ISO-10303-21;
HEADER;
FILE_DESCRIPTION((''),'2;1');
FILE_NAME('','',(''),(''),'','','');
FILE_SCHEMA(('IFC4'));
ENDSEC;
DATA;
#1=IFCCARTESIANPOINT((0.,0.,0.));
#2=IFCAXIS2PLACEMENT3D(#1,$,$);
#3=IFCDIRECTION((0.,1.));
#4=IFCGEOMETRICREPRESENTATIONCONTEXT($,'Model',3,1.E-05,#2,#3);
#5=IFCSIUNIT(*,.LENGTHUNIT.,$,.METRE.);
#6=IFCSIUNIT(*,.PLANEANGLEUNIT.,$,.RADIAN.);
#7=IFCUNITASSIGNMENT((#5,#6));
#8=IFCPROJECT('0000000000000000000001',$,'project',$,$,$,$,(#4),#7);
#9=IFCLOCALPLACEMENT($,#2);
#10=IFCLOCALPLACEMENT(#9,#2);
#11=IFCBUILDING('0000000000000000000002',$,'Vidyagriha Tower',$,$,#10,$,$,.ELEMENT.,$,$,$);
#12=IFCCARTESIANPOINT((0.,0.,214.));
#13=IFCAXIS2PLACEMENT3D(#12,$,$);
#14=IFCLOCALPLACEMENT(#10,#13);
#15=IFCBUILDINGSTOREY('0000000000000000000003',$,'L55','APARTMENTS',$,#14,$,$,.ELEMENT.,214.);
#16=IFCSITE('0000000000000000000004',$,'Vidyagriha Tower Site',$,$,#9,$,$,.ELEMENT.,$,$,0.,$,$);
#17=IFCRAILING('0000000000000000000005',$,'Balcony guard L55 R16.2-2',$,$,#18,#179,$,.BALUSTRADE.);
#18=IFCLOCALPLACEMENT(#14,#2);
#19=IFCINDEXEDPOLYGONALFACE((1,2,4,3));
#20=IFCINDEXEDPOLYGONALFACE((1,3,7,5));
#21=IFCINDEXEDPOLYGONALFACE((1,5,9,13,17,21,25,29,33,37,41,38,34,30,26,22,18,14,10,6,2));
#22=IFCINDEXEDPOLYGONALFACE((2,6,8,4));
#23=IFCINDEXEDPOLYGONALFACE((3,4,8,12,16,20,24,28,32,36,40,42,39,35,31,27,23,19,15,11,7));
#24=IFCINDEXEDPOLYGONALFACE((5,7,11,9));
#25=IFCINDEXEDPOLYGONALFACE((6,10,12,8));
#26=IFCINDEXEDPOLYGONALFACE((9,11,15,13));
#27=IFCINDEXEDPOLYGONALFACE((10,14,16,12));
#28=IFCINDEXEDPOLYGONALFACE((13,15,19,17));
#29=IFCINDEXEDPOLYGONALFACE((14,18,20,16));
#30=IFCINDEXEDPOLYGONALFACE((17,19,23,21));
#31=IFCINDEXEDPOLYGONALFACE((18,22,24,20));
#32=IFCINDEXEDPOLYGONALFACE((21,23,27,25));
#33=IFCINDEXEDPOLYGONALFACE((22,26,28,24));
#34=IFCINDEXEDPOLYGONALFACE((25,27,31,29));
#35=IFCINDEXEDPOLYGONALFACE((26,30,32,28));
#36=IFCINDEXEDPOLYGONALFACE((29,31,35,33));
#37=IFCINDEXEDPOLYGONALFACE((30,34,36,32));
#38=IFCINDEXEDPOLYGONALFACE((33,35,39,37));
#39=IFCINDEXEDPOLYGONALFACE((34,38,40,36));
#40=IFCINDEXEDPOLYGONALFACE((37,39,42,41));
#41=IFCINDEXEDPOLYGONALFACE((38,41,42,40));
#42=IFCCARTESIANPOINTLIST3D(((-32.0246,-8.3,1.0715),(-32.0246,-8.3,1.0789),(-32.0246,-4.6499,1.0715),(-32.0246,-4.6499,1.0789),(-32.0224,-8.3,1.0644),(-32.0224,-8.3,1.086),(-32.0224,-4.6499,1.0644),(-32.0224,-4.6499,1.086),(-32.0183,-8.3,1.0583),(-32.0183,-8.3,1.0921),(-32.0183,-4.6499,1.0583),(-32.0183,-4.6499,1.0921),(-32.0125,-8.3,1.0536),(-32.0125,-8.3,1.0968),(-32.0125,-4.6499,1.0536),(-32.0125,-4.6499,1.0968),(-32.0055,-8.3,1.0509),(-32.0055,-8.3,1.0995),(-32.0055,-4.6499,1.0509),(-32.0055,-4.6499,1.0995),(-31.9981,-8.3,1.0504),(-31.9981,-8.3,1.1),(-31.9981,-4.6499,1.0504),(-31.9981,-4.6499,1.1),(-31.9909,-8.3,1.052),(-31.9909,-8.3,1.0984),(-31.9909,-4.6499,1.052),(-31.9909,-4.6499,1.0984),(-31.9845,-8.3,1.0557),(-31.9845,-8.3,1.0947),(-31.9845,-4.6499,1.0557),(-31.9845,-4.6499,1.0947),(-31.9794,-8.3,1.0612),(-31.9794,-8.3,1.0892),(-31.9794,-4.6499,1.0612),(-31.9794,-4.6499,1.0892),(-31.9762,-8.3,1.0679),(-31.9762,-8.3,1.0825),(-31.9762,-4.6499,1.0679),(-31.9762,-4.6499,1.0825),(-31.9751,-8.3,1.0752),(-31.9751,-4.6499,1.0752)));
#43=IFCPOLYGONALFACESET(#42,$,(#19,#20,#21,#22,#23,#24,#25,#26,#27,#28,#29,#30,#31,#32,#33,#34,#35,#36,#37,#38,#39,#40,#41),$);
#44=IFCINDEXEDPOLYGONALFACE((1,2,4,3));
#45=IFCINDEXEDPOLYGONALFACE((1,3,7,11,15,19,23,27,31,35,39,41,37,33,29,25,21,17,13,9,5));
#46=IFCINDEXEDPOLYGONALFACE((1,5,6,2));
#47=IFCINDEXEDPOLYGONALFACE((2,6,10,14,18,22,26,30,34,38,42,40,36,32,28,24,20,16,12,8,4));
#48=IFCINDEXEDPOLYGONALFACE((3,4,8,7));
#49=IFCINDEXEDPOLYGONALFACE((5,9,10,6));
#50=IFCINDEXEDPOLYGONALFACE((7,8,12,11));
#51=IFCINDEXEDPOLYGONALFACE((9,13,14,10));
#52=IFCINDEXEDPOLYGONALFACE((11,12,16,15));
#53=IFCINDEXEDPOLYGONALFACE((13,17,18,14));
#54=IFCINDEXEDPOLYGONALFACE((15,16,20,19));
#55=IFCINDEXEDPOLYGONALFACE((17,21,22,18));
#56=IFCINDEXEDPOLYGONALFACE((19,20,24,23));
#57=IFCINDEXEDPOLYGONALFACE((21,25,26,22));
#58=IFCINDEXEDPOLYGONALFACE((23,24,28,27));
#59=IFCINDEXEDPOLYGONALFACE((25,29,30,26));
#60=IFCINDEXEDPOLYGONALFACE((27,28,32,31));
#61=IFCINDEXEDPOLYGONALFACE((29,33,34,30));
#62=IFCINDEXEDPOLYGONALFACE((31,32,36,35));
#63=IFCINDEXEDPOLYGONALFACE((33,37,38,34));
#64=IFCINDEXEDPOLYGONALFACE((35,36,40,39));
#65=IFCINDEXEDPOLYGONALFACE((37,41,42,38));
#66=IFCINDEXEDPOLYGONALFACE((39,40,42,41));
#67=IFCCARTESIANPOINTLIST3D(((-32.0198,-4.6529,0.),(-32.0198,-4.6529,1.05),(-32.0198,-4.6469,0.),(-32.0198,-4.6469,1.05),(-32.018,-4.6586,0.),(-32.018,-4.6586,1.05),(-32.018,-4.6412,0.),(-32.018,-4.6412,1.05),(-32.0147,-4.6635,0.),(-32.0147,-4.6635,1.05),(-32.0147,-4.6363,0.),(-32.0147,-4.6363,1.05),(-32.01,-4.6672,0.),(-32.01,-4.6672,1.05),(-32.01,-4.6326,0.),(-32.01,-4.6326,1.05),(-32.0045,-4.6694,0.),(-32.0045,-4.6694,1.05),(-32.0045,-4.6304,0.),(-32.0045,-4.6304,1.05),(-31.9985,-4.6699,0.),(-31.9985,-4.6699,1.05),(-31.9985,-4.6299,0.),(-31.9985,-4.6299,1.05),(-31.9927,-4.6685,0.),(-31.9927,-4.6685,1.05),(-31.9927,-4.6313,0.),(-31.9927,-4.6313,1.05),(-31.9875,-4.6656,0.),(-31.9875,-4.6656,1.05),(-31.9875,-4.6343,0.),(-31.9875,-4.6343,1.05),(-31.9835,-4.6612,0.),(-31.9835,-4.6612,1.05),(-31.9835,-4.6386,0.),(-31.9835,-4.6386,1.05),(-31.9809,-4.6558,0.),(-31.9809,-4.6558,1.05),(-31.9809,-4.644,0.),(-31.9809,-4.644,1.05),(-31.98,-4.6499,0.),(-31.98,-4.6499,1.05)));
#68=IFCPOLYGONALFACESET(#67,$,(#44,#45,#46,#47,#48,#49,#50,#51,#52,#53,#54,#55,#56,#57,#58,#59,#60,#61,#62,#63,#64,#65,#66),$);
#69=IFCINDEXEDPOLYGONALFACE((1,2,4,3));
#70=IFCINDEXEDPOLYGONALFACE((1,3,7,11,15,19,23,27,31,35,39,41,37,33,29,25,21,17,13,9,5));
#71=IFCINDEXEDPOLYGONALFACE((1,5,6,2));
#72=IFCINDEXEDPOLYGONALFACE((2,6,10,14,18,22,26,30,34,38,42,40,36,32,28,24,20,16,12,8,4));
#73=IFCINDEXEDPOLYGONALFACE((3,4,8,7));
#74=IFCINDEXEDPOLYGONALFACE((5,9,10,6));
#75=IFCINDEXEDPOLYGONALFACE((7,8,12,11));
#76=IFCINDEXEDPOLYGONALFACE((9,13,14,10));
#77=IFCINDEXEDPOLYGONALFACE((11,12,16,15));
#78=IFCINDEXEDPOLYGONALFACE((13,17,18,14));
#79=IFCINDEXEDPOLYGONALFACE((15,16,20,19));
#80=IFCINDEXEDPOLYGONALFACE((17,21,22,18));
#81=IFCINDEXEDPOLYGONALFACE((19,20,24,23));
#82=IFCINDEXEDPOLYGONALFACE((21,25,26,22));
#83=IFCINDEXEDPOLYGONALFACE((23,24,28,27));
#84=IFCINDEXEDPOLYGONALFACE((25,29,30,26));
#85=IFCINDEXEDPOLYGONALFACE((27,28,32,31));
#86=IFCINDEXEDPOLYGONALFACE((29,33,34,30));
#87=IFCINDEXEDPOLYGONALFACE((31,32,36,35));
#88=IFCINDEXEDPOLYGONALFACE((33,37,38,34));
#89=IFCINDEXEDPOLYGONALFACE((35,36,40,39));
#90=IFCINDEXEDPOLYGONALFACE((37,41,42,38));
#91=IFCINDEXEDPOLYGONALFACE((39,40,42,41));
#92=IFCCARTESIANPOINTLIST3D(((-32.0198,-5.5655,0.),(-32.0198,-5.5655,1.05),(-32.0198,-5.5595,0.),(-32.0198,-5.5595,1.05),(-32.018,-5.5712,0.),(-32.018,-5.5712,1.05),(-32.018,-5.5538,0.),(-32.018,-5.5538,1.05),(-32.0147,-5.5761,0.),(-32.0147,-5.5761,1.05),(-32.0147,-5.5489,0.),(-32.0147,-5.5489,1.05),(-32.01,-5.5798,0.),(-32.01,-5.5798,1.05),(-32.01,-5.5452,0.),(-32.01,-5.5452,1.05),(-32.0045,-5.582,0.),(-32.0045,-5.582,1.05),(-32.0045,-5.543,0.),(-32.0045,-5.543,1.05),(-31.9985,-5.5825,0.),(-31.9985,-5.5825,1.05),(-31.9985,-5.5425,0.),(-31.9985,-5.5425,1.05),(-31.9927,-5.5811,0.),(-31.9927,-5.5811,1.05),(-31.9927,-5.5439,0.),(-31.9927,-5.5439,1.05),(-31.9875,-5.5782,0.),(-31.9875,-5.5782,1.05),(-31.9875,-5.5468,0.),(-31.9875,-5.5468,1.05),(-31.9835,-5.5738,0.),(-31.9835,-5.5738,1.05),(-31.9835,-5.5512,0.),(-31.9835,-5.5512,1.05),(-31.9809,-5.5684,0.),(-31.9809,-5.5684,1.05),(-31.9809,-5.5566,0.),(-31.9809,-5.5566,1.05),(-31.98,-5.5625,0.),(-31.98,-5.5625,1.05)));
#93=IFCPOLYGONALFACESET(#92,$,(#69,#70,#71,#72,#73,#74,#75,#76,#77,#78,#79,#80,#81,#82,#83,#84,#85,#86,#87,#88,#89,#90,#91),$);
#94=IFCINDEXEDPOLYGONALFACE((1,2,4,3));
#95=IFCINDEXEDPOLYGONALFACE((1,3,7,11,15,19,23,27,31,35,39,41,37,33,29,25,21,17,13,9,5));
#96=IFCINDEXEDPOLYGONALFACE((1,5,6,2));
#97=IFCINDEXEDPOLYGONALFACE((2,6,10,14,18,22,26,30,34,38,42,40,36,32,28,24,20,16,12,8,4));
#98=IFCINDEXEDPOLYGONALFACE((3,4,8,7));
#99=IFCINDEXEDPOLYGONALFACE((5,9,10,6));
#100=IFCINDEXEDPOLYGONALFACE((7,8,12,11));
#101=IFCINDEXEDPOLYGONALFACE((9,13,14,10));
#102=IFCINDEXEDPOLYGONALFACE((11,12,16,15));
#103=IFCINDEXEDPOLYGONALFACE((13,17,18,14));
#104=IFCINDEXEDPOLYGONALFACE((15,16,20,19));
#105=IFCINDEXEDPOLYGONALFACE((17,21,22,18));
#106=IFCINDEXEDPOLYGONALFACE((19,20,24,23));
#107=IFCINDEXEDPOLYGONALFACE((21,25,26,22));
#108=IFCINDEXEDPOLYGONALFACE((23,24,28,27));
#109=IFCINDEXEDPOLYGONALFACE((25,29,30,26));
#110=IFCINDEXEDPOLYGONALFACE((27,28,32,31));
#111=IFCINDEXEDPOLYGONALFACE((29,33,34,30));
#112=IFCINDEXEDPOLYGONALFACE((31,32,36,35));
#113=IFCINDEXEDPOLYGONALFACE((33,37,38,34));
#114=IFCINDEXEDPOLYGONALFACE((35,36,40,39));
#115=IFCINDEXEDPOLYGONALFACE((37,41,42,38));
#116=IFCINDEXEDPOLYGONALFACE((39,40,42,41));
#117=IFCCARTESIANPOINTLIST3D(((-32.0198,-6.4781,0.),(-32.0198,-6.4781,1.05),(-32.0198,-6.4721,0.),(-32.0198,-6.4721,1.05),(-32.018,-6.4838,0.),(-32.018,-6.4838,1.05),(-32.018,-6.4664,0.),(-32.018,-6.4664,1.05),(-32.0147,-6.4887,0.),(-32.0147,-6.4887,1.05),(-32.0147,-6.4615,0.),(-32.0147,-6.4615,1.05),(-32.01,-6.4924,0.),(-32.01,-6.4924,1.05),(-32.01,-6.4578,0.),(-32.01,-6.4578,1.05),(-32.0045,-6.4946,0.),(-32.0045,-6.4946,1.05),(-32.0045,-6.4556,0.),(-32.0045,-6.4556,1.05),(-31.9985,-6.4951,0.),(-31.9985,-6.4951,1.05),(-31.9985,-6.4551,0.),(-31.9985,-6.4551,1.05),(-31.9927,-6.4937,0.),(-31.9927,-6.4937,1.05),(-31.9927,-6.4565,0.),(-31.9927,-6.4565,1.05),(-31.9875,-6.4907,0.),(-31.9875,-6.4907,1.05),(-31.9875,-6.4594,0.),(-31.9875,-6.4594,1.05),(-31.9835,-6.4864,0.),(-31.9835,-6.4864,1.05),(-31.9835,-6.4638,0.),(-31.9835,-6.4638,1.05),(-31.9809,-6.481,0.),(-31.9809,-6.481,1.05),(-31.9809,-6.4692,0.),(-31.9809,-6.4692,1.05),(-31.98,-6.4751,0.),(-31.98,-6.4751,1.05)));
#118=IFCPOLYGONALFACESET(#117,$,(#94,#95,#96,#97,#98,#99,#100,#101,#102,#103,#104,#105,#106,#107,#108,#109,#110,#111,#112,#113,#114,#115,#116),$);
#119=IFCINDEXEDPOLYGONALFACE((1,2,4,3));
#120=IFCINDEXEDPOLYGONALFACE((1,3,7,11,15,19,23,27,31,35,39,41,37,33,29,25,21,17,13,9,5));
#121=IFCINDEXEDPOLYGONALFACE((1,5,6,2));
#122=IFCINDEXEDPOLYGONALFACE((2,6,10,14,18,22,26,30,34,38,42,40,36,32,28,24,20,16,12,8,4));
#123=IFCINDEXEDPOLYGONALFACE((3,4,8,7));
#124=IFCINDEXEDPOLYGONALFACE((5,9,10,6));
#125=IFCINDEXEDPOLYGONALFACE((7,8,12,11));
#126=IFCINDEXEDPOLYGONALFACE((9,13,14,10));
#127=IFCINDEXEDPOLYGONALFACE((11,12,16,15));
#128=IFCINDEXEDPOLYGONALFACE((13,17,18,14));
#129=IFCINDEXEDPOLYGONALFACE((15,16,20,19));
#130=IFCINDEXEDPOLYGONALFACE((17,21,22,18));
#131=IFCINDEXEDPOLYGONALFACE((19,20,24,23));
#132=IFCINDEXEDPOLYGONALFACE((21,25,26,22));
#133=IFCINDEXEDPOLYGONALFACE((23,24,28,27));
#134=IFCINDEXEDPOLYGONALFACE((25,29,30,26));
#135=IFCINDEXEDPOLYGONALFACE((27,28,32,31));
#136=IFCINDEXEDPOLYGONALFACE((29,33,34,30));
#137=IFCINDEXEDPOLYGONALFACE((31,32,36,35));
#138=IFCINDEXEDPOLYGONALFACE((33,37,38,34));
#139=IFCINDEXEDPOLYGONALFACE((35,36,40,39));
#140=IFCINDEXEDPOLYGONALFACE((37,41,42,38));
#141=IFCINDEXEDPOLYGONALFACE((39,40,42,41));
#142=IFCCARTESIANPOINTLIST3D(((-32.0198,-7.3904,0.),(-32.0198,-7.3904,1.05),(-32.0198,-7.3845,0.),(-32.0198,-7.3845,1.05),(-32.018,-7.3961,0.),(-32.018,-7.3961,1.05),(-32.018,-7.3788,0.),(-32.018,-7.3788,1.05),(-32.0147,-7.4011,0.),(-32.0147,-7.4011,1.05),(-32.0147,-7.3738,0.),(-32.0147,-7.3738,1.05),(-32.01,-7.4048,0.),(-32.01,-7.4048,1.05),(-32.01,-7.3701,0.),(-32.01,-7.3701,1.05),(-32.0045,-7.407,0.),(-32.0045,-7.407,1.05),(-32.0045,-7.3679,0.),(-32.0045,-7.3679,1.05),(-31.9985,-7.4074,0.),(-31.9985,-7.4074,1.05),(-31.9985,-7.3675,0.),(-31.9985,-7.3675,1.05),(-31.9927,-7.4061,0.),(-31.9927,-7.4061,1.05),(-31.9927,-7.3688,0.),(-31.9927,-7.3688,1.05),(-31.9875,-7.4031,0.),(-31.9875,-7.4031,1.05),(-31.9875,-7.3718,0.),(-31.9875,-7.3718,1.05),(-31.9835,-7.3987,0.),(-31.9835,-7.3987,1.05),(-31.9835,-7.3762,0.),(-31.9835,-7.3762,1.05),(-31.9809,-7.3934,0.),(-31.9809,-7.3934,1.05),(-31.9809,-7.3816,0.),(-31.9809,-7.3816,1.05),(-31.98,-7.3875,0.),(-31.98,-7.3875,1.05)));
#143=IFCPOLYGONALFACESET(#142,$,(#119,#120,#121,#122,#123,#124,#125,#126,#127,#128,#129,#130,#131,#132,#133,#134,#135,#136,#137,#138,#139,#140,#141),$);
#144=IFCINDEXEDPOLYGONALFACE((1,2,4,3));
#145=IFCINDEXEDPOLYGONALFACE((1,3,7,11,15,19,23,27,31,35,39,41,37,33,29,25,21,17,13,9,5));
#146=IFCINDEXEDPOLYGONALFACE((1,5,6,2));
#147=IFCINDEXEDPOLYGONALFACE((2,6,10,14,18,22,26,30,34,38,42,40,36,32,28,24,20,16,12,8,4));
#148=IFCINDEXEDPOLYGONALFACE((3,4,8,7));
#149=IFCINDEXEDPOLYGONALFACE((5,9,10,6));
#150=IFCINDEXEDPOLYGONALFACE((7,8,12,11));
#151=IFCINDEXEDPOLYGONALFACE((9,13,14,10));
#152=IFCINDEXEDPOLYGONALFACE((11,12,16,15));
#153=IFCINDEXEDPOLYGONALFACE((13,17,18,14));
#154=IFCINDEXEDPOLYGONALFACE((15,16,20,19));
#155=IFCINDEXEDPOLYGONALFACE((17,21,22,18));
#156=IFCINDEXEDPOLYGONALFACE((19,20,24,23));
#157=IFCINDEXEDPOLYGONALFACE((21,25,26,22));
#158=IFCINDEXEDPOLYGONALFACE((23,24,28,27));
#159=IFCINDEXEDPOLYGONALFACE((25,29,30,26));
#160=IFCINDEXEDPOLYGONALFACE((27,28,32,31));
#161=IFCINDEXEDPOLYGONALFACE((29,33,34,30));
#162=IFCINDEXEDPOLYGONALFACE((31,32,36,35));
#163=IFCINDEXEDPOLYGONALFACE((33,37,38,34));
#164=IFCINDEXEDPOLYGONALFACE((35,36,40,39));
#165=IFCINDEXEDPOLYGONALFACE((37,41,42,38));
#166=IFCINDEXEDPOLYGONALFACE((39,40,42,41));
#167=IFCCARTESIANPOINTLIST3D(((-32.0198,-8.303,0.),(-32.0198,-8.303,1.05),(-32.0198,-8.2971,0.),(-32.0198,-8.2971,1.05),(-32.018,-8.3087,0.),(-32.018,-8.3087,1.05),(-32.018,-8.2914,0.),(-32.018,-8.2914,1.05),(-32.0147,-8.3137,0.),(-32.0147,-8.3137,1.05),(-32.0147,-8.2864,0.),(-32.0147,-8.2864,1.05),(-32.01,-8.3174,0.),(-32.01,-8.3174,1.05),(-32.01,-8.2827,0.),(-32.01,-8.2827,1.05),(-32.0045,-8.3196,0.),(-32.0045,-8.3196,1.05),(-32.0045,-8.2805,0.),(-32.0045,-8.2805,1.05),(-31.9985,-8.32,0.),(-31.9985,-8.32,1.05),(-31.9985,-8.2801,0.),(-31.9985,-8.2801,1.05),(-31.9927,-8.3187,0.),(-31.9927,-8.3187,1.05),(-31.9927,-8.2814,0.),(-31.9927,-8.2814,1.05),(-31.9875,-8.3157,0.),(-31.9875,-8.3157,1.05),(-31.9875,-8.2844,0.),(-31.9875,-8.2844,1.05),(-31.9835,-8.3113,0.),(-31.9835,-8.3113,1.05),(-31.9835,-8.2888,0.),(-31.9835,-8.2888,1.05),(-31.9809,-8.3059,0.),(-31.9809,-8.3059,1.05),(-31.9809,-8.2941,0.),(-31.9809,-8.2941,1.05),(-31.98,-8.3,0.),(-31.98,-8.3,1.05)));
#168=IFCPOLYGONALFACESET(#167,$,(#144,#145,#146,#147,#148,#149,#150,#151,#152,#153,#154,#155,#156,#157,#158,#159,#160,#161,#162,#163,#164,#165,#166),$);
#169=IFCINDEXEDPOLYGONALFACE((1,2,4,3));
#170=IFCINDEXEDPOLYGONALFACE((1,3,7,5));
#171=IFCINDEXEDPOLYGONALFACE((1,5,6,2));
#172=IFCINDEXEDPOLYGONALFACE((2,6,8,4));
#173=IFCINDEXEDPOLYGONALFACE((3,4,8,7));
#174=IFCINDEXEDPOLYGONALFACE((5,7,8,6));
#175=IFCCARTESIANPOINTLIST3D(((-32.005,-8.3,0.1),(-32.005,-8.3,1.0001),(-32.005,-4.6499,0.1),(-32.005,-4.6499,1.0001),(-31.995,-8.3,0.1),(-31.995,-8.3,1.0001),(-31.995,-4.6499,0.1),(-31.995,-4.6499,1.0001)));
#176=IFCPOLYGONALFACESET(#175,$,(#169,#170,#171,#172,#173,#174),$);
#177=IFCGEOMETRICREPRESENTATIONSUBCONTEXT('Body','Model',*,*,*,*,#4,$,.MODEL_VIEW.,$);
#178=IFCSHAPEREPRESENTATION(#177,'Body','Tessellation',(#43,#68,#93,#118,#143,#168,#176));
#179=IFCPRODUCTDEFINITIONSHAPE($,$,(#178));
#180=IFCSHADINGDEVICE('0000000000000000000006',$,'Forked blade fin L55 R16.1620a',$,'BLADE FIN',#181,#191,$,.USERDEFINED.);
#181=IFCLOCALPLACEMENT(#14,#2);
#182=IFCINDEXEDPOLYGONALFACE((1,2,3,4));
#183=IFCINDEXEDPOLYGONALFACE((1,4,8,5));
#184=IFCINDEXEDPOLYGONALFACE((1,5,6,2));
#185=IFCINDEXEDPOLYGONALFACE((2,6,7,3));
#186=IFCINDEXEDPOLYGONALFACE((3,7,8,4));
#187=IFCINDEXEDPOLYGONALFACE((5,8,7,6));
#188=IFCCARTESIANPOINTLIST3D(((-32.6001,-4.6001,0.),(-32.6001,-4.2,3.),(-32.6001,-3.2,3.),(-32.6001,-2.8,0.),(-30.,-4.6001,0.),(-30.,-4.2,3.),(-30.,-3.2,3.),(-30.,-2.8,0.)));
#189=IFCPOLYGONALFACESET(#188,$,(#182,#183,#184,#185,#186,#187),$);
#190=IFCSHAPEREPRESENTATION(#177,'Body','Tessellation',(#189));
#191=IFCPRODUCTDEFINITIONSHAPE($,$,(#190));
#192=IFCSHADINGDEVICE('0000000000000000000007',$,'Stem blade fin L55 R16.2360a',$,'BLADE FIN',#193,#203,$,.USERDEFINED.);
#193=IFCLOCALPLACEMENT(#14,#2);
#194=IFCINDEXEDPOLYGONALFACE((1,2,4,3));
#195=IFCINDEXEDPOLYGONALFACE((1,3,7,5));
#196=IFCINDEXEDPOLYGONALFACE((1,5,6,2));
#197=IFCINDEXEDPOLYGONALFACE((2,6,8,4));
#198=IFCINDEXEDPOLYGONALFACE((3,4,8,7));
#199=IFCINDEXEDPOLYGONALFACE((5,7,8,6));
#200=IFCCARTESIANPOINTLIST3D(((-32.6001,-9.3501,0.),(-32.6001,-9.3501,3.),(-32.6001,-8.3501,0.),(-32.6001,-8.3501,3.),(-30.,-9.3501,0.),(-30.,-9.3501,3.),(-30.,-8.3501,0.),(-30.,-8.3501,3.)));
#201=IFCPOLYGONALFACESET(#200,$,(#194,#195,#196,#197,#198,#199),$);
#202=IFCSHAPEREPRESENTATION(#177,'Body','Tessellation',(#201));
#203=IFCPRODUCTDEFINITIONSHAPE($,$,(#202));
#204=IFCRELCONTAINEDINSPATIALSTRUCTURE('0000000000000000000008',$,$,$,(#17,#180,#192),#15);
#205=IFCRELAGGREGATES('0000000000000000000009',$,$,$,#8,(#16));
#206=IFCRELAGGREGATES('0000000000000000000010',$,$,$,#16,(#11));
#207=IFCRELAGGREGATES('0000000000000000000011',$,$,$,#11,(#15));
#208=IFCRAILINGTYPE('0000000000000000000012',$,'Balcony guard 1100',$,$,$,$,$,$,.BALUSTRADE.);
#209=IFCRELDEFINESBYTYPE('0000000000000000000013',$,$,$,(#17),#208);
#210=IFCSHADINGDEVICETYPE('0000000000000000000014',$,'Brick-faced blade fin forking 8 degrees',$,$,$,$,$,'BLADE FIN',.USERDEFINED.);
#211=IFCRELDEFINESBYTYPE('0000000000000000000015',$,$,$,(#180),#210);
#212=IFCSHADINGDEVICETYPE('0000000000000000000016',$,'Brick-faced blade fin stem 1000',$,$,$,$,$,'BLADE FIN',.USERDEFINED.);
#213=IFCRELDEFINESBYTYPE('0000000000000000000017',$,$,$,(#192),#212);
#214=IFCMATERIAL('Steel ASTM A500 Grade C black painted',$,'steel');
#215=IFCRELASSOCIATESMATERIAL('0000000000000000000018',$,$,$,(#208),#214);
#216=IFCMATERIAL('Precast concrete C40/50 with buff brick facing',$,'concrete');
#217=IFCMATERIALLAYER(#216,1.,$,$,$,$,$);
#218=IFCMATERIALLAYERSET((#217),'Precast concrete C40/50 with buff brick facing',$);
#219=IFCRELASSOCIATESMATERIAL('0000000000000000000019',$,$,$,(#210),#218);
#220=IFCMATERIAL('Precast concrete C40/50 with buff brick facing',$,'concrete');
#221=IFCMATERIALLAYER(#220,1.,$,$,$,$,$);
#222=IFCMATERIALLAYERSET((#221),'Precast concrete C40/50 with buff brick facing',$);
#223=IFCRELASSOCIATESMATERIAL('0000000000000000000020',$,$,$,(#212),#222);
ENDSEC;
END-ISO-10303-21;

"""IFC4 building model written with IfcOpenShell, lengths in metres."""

from ifc_helpers import new_model, si_unit, direction, frame, origin, origin_2d, place, context, subcontext, project, spatial, polyline, rectangle, circle, outline, extrude, material, layer, layer_set, type_object, element, save


model = new_model("IFC4")

# Units and contexts
model_context = context("Model", 3, precision=1e-05, world=origin(), true_north=direction((0.0, 1.0)))
body_context = subcontext(model_context, "Body", "Model", "MODEL_VIEW")
ifc_project = project(units=[si_unit("LENGTHUNIT", "METRE"), si_unit("PLANEANGLEUNIT", "RADIAN")], contexts=[model_context])

# Site, building, storey
site_placement = place(None, origin())
site = spatial("IfcSite", under=ifc_project, at=site_placement, Name="Vidyagriha Tower Site", CompositionType="ELEMENT", RefElevation=0.0)
building_placement = place(site_placement, origin())
building = spatial("IfcBuilding", under=site, at=building_placement, Name="Vidyagriha Tower", CompositionType="ELEMENT")
storey_placement = place(building_placement, frame((0.0, 0.0, 214.0)))
storey = spatial("IfcBuildingStorey", under=building, at=storey_placement, Name="L55", Description="APARTMENTS", CompositionType="ELEMENT", Elevation=214.0)

# Railing
ifc_material_1 = material(Name="Steel ASTM A500 Grade C black painted", Category="steel")
railing_type_1 = type_object("IfcRailingType", Name="Balcony guard 1100", PredefinedType="BALUSTRADE", material=ifc_material_1)
railing_1_placement = place(storey_placement, frame((-32.0, -4.6499, 0.0)))
element("IfcRailing", 1, at=railing_1_placement, inside=storey, type_object=railing_type_1, Name="Balcony guard L55 R16.2-2", PredefinedType="BALUSTRADE", context=body_context, shape_type="SweptSolid", body=[
    extrude(circle(Radius=0.0249, at=origin_2d()), frame((0.0, 0.0, 1.0752), z_axis=(0.0, -1.0, 0.0), x_axis=(1.0, 0.0, 0.0)), (0.0, 0.0, 1.0), 3.6501),
    extrude(circle(Radius=0.02, at=origin_2d()), origin(), (0.0, 0.0, 1.0), 1.05),
    extrude(circle(Radius=0.02, at=origin_2d()), frame((0.0, -0.9126, 0.0)), (0.0, 0.0, 1.0), 1.05),
    extrude(circle(Radius=0.02, at=origin_2d()), frame((0.0, -1.8252, 0.0)), (0.0, 0.0, 1.0), 1.05),
    extrude(circle(Radius=0.02, at=origin_2d()), frame((0.0, -2.7375, 0.0)), (0.0, 0.0, 1.0), 1.05),
    extrude(circle(Radius=0.02, at=origin_2d()), frame((0.0, -3.6501, 0.0)), (0.0, 0.0, 1.0), 1.05),
    extrude(rectangle(XDim=0.01, YDim=0.9001, at=origin_2d()), frame((0.0, 0.0, 0.55), z_axis=(0.0, -1.0, 0.0), x_axis=(1.0, 0.0, 0.0)), (0.0, 0.0, 1.0), 3.6501),
])

# Shading devices
ifc_material_2 = material(Name="Precast concrete C40/50 with buff brick facing", Category="concrete")
ifc_layer_1 = layer(ifc_material_2, 1.0)
ifc_layer_set_1 = layer_set([ifc_layer_1], Name="Precast concrete C40/50 with buff brick facing")
shading_device_type_1 = type_object("IfcShadingDeviceType", Name="Brick-faced blade fin forking 8 degrees", ElementType="BLADE FIN", PredefinedType="USERDEFINED", material=ifc_layer_set_1)
shading_device_1_placement = place(storey_placement, frame((-31.3, -2.8, 0.0), z_axis=(0.0, 0.0, 1.0), x_axis=(0.0, -1.0, 0.0)))
element("IfcShadingDevice", 2, at=shading_device_1_placement, inside=storey, type_object=shading_device_type_1, Name="Forked blade fin L55 R16.1620a", ObjectType="BLADE FIN", PredefinedType="USERDEFINED", context=body_context, shape_type="SweptSolid", body=[
    extrude(outline(polyline([(0.0, 0.0), (1.8, 0.0), (1.3999, 3.0), (0.3999, 3.0), (0.0, 0.0)])), frame((0.0, 1.3, 0.0), z_axis=(0.0, -1.0, 0.0), x_axis=(1.0, 0.0, 0.0)), (0.0, 0.0, 1.0), 2.6001),
])
ifc_material_3 = material(Name="Precast concrete C40/50 with buff brick facing", Category="concrete")
ifc_layer_2 = layer(ifc_material_3, 1.0)
ifc_layer_set_2 = layer_set([ifc_layer_2], Name="Precast concrete C40/50 with buff brick facing")
shading_device_type_2 = type_object("IfcShadingDeviceType", Name="Brick-faced blade fin stem 1000", ElementType="BLADE FIN", PredefinedType="USERDEFINED", material=ifc_layer_set_2)
shading_device_2_placement = place(storey_placement, frame((-31.3, -8.3501, 0.0), z_axis=(0.0, 0.0, 1.0), x_axis=(0.0, -1.0, 0.0)))
element("IfcShadingDevice", 3, at=shading_device_2_placement, inside=storey, type_object=shading_device_type_2, Name="Stem blade fin L55 R16.2360a", ObjectType="BLADE FIN", PredefinedType="USERDEFINED", context=body_context, shape_type="SweptSolid", body=[
    extrude(outline(polyline([(0.0, 0.0), (1.0, 0.0), (1.0, 3.0), (0.0, 3.0), (0.0, 0.0)])), frame((0.0, 1.3, 0.0), z_axis=(0.0, -1.0, 0.0), x_axis=(1.0, 0.0, 0.0)), (0.0, 0.0, 1.0), 2.6001),
])

save(model, "model.ifc")
